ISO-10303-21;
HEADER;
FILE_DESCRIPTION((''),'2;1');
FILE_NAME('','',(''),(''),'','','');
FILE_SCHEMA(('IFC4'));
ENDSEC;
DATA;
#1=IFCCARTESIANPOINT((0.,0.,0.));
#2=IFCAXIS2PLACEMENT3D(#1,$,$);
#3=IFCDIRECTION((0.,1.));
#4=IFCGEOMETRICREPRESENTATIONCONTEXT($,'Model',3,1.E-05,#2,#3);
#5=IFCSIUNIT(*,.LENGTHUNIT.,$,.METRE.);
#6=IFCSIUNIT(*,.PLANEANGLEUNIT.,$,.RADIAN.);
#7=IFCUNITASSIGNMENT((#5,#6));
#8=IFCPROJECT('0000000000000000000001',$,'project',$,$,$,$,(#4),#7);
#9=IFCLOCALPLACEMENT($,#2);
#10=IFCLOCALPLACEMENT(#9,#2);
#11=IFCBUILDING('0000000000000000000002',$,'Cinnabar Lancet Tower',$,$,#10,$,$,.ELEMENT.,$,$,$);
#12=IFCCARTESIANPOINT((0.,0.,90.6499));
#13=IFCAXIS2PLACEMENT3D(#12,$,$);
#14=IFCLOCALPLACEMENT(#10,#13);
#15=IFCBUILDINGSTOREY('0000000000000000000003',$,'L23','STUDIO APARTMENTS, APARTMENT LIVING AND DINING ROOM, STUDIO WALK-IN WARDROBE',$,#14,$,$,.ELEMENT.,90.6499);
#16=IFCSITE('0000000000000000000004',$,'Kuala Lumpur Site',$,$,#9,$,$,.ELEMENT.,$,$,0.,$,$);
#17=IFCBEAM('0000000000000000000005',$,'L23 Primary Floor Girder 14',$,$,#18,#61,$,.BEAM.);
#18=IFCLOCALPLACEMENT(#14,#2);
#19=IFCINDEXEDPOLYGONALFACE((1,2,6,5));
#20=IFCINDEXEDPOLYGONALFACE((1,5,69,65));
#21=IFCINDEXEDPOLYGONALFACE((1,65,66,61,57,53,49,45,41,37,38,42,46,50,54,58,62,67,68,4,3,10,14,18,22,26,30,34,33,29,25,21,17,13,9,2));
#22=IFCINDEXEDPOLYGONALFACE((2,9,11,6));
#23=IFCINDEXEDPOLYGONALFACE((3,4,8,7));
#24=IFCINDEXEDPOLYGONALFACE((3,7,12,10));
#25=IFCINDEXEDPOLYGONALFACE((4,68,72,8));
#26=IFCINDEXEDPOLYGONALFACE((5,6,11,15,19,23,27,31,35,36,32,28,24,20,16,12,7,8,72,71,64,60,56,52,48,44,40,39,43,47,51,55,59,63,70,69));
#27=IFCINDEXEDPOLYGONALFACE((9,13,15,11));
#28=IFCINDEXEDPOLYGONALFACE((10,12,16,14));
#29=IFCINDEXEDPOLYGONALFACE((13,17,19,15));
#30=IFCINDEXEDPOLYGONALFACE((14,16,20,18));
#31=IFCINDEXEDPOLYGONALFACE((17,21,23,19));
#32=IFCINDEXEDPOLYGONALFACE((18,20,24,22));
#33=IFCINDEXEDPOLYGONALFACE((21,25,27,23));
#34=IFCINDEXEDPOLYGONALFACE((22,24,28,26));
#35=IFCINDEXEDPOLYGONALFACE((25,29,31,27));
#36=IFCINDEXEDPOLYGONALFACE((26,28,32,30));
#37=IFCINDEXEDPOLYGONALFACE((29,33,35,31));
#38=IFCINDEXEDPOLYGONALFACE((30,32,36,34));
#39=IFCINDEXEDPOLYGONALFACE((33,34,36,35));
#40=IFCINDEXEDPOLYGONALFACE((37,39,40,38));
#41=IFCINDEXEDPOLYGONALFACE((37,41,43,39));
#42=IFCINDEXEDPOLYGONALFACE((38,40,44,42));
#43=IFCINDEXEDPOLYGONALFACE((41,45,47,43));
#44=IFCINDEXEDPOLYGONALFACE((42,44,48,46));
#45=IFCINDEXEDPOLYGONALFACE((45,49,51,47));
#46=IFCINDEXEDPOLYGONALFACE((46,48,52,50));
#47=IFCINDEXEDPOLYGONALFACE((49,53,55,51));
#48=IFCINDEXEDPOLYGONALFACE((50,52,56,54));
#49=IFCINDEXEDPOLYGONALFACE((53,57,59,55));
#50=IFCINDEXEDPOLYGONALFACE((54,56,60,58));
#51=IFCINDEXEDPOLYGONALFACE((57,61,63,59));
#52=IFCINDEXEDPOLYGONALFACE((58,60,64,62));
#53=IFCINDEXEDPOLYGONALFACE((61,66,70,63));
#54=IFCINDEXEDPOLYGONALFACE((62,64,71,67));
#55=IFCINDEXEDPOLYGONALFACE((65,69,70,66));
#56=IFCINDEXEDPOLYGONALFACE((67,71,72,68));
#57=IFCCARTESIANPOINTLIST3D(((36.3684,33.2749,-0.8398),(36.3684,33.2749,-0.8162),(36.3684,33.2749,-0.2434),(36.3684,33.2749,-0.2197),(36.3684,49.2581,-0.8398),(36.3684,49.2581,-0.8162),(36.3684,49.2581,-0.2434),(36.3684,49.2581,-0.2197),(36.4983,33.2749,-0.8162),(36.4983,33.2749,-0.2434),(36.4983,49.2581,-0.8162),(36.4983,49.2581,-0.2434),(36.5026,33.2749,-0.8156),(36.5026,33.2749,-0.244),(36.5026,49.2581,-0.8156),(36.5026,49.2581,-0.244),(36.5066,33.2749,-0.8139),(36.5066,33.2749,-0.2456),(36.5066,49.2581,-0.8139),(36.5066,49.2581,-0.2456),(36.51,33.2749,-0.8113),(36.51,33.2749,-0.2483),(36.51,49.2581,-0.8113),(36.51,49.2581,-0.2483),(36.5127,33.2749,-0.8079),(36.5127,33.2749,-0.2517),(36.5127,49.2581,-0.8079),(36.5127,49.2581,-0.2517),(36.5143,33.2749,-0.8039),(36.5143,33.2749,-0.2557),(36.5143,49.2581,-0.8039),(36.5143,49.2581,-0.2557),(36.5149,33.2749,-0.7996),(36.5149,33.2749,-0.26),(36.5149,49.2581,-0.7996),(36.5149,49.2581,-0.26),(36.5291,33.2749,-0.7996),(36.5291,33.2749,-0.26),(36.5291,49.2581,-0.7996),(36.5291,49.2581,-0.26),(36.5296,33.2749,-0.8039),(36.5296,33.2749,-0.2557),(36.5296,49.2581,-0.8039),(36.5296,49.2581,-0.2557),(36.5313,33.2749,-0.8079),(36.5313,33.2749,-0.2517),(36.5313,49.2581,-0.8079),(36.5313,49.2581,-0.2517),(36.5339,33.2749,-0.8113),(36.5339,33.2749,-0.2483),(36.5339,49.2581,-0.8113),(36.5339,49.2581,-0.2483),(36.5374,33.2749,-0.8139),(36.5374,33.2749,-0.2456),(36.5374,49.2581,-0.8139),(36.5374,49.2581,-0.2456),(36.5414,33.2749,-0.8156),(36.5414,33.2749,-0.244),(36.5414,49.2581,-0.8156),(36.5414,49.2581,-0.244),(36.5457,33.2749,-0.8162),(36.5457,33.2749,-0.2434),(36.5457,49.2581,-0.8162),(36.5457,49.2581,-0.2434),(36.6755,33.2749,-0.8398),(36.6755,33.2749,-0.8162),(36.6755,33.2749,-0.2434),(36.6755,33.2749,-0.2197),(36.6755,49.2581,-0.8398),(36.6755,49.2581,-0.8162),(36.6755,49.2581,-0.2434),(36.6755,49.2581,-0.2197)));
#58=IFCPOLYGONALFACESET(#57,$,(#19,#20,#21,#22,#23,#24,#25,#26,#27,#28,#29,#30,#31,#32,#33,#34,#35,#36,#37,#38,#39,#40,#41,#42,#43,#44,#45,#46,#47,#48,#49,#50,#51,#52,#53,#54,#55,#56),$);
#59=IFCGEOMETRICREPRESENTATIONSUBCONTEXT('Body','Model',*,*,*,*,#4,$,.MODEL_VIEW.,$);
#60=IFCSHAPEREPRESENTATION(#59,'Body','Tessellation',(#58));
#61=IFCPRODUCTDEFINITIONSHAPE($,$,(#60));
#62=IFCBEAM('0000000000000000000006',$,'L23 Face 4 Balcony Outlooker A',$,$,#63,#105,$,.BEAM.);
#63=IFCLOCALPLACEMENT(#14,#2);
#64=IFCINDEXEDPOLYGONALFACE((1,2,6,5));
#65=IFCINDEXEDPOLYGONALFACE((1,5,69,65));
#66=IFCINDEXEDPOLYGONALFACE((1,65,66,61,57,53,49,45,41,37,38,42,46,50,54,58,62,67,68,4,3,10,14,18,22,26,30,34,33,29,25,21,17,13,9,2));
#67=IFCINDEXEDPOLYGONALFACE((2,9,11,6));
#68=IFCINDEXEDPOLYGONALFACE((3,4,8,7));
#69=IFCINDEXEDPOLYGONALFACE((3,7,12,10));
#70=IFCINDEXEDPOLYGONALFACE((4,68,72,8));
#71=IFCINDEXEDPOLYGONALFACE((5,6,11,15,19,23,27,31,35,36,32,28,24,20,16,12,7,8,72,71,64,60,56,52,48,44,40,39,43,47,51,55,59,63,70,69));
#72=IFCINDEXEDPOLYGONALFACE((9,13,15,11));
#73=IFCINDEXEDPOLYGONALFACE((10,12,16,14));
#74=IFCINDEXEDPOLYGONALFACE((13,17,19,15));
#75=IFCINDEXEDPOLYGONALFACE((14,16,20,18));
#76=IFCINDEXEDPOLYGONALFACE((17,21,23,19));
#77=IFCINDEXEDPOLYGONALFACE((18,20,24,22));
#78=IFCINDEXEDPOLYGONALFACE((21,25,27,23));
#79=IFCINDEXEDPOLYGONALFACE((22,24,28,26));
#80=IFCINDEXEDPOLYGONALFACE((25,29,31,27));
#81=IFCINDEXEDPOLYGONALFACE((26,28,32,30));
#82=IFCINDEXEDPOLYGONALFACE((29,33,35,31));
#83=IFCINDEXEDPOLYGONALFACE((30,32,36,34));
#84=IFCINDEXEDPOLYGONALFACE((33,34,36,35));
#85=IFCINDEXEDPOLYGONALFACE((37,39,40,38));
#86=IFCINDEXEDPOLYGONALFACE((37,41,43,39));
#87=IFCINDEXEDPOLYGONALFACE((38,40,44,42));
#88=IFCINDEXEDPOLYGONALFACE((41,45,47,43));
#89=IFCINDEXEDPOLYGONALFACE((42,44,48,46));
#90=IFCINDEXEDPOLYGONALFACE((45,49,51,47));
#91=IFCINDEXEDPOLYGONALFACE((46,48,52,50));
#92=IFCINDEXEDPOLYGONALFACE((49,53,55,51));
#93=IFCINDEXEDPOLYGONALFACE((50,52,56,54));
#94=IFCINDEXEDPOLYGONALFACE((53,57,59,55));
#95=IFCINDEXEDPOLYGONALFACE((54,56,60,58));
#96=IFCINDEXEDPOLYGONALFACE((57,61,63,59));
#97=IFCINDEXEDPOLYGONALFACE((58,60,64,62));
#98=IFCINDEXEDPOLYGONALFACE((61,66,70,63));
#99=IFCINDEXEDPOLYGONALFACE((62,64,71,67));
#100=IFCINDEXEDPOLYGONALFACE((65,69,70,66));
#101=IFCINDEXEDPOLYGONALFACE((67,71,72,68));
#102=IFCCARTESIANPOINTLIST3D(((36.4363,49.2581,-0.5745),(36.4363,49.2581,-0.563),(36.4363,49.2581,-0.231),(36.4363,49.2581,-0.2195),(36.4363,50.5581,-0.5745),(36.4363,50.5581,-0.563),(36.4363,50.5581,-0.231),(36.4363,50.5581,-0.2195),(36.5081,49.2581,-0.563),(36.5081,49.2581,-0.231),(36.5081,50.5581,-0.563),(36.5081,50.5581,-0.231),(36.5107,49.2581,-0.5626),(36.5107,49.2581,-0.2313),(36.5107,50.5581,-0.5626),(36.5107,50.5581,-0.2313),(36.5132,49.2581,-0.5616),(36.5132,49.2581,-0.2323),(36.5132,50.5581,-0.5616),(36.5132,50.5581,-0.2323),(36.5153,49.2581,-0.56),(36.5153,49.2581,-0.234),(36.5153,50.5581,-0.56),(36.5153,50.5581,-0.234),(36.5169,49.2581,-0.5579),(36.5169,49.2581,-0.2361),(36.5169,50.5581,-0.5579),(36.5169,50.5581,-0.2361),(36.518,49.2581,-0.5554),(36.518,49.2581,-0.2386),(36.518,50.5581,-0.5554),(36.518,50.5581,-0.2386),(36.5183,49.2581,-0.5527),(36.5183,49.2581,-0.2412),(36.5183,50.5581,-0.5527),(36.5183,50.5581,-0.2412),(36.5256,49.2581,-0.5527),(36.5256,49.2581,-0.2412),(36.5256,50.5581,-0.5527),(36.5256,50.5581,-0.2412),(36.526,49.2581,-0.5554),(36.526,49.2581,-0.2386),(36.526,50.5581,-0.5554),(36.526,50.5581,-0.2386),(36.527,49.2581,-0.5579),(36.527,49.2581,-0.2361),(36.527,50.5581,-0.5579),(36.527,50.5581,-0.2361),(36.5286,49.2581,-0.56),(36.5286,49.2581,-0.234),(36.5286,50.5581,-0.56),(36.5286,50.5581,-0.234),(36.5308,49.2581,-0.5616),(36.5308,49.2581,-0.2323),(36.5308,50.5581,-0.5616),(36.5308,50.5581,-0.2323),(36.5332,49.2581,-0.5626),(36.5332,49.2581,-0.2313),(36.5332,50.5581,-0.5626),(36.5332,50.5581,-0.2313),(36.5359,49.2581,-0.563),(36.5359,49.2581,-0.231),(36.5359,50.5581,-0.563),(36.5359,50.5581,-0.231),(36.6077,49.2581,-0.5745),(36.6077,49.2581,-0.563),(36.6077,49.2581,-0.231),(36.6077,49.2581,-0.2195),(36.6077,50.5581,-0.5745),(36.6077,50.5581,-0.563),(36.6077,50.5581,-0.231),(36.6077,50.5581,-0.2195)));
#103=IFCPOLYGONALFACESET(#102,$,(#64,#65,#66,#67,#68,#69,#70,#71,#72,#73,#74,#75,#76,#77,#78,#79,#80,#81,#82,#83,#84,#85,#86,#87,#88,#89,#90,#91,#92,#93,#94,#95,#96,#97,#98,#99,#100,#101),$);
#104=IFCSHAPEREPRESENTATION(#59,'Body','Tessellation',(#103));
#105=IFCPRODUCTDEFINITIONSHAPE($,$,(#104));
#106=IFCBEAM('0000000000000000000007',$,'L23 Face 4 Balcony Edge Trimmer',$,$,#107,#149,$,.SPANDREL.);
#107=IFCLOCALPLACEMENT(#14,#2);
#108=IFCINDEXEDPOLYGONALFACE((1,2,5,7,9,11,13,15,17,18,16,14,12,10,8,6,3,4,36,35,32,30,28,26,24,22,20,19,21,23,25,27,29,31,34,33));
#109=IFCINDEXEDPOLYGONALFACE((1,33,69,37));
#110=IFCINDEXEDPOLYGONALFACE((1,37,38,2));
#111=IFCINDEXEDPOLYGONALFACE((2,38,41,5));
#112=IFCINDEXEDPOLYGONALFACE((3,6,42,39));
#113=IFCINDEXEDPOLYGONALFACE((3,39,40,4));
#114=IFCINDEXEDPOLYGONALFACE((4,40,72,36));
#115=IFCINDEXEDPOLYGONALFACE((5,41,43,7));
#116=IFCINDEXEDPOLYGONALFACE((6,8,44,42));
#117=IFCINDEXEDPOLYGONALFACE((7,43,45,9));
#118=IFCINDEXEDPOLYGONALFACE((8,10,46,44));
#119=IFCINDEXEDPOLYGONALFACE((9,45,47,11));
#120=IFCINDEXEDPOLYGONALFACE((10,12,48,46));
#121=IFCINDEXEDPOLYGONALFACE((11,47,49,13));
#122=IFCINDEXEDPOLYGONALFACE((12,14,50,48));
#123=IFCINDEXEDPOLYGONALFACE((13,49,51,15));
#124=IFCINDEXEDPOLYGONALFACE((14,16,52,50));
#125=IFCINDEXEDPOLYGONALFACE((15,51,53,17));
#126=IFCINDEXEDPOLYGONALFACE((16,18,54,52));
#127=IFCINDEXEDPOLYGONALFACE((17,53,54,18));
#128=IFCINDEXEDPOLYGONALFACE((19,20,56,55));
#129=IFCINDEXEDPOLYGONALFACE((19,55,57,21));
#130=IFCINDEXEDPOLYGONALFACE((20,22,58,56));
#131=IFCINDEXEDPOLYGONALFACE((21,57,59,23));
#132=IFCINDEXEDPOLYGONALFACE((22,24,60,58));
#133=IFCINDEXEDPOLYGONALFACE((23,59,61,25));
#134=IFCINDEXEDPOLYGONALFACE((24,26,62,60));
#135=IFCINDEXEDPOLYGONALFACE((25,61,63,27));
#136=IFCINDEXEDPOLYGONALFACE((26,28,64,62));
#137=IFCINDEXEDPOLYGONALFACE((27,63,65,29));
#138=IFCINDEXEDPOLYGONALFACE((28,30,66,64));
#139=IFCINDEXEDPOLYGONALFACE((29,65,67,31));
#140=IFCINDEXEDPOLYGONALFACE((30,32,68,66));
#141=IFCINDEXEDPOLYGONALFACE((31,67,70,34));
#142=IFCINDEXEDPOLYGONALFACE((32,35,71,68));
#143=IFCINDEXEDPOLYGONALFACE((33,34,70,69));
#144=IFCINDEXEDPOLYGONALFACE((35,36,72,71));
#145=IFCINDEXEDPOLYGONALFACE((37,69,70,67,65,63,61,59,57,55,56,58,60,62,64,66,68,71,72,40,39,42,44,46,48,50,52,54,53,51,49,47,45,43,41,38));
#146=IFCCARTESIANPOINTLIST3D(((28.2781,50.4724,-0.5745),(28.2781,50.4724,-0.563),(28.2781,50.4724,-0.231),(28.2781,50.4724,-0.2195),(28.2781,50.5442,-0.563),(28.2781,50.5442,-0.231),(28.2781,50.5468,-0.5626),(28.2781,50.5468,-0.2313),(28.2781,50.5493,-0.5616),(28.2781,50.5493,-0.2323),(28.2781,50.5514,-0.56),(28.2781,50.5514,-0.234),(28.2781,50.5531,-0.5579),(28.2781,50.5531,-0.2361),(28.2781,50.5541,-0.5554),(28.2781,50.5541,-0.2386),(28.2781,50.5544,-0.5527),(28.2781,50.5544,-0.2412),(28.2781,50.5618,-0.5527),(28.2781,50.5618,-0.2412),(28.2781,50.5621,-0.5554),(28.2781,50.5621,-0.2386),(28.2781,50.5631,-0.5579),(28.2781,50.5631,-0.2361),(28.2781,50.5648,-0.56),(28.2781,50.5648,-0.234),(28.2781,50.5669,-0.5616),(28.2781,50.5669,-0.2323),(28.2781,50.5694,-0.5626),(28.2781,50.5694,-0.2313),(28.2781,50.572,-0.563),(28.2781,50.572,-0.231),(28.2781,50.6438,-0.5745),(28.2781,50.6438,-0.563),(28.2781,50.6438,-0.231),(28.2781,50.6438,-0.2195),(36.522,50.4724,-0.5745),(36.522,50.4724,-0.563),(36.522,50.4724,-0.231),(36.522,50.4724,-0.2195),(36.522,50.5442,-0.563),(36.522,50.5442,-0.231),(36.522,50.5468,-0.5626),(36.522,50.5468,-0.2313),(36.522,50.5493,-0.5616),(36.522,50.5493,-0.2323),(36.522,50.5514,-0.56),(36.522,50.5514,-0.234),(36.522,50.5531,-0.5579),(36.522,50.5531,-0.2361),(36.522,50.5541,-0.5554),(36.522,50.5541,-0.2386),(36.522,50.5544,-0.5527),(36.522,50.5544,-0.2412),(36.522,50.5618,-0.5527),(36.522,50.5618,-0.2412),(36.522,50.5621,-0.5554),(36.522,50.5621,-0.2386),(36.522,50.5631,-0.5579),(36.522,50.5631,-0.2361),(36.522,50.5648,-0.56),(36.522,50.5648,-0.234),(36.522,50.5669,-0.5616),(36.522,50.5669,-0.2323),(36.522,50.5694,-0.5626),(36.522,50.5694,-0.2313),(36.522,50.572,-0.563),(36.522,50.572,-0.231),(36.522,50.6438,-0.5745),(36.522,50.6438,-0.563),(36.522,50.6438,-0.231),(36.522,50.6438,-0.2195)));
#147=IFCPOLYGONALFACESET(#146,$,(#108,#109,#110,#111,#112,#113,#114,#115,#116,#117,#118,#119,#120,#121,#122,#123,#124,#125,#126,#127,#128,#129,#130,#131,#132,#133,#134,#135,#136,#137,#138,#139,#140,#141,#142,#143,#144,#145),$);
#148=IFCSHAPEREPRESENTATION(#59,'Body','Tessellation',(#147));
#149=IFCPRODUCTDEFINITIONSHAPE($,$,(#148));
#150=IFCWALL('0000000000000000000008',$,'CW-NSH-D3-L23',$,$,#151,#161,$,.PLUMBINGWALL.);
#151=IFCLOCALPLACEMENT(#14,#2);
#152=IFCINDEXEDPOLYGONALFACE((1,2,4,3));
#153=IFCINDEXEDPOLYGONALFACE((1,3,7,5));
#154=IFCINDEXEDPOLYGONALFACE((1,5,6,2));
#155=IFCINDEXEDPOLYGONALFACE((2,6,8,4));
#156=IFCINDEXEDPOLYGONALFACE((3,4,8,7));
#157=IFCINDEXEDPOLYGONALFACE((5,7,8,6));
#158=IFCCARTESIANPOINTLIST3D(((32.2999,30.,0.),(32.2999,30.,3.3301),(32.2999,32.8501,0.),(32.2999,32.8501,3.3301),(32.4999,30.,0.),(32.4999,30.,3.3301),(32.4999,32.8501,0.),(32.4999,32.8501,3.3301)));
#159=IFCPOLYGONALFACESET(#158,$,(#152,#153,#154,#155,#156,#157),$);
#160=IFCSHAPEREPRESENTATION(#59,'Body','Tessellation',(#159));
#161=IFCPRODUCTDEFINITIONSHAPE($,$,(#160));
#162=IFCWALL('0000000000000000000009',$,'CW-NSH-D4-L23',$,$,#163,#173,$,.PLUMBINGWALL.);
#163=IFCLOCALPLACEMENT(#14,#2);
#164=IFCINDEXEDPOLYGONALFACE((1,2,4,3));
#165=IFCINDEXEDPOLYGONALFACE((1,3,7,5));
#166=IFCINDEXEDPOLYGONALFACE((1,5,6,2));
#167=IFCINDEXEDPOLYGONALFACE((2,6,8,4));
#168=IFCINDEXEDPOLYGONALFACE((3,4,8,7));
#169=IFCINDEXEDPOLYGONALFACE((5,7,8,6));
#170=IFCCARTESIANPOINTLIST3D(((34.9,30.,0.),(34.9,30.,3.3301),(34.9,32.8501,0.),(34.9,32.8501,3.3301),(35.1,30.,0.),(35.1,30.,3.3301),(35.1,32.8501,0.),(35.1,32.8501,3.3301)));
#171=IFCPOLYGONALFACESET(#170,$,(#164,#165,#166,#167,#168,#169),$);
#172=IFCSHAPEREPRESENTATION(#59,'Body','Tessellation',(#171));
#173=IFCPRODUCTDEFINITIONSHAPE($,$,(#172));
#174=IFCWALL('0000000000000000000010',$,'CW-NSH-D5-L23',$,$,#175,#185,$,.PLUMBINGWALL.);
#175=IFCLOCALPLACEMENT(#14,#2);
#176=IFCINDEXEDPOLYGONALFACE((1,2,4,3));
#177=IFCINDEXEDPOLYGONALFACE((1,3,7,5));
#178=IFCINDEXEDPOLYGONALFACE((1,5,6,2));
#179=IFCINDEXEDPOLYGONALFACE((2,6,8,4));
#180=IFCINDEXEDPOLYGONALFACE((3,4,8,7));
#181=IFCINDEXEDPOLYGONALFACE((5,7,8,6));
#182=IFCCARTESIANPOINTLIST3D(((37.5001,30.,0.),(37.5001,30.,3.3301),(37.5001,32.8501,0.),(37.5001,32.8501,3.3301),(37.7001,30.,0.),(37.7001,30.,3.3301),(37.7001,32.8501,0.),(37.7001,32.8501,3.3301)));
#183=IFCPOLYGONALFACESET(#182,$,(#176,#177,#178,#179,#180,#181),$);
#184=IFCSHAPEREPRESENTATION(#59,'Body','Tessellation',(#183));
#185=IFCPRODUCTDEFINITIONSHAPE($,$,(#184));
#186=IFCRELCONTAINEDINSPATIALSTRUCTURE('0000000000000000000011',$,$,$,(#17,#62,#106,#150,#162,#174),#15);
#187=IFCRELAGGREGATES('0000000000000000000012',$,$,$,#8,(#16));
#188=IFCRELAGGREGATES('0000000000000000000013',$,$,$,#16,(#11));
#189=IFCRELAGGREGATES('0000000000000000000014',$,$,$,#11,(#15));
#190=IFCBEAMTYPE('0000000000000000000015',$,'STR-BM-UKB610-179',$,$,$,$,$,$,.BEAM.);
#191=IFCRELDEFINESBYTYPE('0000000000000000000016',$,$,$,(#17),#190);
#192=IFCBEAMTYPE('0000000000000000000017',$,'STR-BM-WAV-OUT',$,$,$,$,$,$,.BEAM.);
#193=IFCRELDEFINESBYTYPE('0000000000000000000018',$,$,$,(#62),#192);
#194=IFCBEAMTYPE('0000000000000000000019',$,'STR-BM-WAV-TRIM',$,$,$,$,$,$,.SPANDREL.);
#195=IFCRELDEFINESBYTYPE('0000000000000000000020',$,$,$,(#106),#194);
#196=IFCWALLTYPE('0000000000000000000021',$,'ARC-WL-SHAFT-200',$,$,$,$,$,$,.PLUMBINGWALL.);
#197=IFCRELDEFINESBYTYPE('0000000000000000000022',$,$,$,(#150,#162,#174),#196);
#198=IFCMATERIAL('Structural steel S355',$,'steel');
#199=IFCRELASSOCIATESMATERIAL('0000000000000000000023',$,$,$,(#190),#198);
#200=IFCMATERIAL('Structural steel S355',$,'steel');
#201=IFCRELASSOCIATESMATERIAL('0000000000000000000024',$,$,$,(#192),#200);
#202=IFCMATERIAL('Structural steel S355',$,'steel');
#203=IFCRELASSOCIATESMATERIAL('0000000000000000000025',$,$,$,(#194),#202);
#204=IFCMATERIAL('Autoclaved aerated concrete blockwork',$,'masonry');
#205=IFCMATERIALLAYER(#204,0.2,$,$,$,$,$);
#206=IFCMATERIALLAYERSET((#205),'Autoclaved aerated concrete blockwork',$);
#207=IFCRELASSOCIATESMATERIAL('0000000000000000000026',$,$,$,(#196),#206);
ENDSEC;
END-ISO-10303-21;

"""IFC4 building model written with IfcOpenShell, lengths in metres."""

from ifc_helpers import new_model, si_unit, direction, frame, frame_2d, origin, origin_2d, place, context, subcontext, project, spatial, rectangle, i_section, extrude, material, layer, layer_set, material_profile, profile_set, type_object, element, save


model = new_model("IFC4")

# Units and contexts
model_context = context("Model", 3, precision=1e-05, world=origin(), true_north=direction((0.0, 1.0)))
body_context = subcontext(model_context, "Body", "Model", "MODEL_VIEW")
ifc_project = project(units=[si_unit("LENGTHUNIT", "METRE"), si_unit("PLANEANGLEUNIT", "RADIAN")], contexts=[model_context])

# Site, building, storey
site_placement = place(None, origin())
site = spatial("IfcSite", under=ifc_project, at=site_placement, Name="Kuala Lumpur Site", CompositionType="ELEMENT", RefElevation=0.0)
building_placement = place(site_placement, origin())
building = spatial("IfcBuilding", under=site, at=building_placement, Name="Cinnabar Lancet Tower", CompositionType="ELEMENT")
storey_placement = place(building_placement, frame((0.0, 0.0, 90.6499)))
storey = spatial("IfcBuildingStorey", under=building, at=storey_placement, Name="L23", Description="STUDIO APARTMENTS, APARTMENT LIVING AND DINING ROOM, STUDIO WALK-IN WARDROBE", CompositionType="ELEMENT", Elevation=90.6499)

# Beams
ifc_material_1 = material(Name="Structural steel S355", Category="steel")
ifc_material_profile_1 = material_profile(ifc_material_1, i_section(OverallWidth=0.3071, OverallDepth=0.6201, WebThickness=0.0142, FlangeThickness=0.0237, FilletRadius=0.0166, at=origin_2d()), Name="UKB 610x305x179")
ifc_profile_set_1 = profile_set([ifc_material_profile_1], Name="Structural steel S355")
beam_type_1 = type_object("IfcBeamType", Name="STR-BM-UKB610-179", PredefinedType="BEAM", material=ifc_profile_set_1)
beam_1_placement = place(storey_placement, frame((36.522, 49.2581, -0.5298), z_axis=(0.0, -1.0, 0.0), x_axis=(1.0, 0.0, 0.0)))
element("IfcBeam", 1, at=beam_1_placement, inside=storey, type_object=beam_type_1, Name="L23 Primary Floor Girder 14", PredefinedType="BEAM", context=body_context, shape_type="SweptSolid", body=[
    extrude(i_section(OverallWidth=0.3071, OverallDepth=0.6201, WebThickness=0.0142, FlangeThickness=0.0237, FilletRadius=0.0166, at=origin_2d()), origin(), (0.0, 0.0, 1.0), 15.9832),
])
ifc_material_2 = material(Name="Structural steel S355", Category="steel")
ifc_material_profile_2 = material_profile(ifc_material_2, i_section(OverallWidth=0.1714, OverallDepth=0.355, WebThickness=0.0073, FlangeThickness=0.0115, FilletRadius=0.0103, at=origin_2d()), Name="UKB 356x171x51")
ifc_profile_set_2 = profile_set([ifc_material_profile_2], Name="Structural steel S355")
beam_type_2 = type_object("IfcBeamType", Name="STR-BM-WAV-OUT", PredefinedType="BEAM", material=ifc_profile_set_2)
beam_2_placement = place(storey_placement, frame((36.522, 49.2581, -0.397), z_axis=(0.0, 1.0, 0.0), x_axis=(-1.0, 0.0, 0.0)))
element("IfcBeam", 2, at=beam_2_placement, inside=storey, type_object=beam_type_2, Name="L23 Face 4 Balcony Outlooker A", PredefinedType="BEAM", context=body_context, shape_type="SweptSolid", body=[
    extrude(i_section(OverallWidth=0.1714, OverallDepth=0.355, WebThickness=0.0073, FlangeThickness=0.0115, FilletRadius=0.0103, at=origin_2d()), origin(), (0.0, 0.0, 1.0), 1.3),
])
ifc_material_3 = material(Name="Structural steel S355", Category="steel")
ifc_material_profile_3 = material_profile(ifc_material_3, i_section(OverallWidth=0.1714, OverallDepth=0.355, WebThickness=0.0073, FlangeThickness=0.0115, FilletRadius=0.0103, at=origin_2d()), Name="UKB 356x171x51")
ifc_profile_set_3 = profile_set([ifc_material_profile_3], Name="Structural steel S355")
beam_type_3 = type_object("IfcBeamType", Name="STR-BM-WAV-TRIM", PredefinedType="SPANDREL", material=ifc_profile_set_3)
beam_3_placement = place(storey_placement, frame((36.522, 50.5581, -0.397), z_axis=(-1.0, 0.0, 0.0), x_axis=(0.0, -1.0, 0.0)))
element("IfcBeam", 3, at=beam_3_placement, inside=storey, type_object=beam_type_3, Name="L23 Face 4 Balcony Edge Trimmer", PredefinedType="SPANDREL", context=body_context, shape_type="SweptSolid", body=[
    extrude(i_section(OverallWidth=0.1714, OverallDepth=0.355, WebThickness=0.0073, FlangeThickness=0.0115, FilletRadius=0.0103, at=origin_2d()), origin(), (0.0, 0.0, 1.0), 8.2439),
])

# Walls
ifc_material_4 = material(Name="Autoclaved aerated concrete blockwork", Category="masonry")
ifc_layer_1 = layer(ifc_material_4, 0.2)
ifc_layer_set_1 = layer_set([ifc_layer_1], Name="Autoclaved aerated concrete blockwork")
wall_type_1 = type_object("IfcWallType", Name="ARC-WL-SHAFT-200", PredefinedType="PLUMBINGWALL", material=ifc_layer_set_1)
for number, where, z_axis, x_axis, name in (
    (4, (32.3999, 30.0, 0.0), (0.0, 0.0, 1.0), (0.0, 1.0, 0.0), "CW-NSH-D3-L23"),
    (5, (35.0, 30.0, 0.0), (0.0, 0.0, 1.0), (0.0, 1.0, 0.0), "CW-NSH-D4-L23"),
    (6, (37.6001, 30.0, 0.0), (0.0, 0.0, 1.0), (0.0, 1.0, 0.0), "CW-NSH-D5-L23"),
):
    element("IfcWall", number, at=place(storey_placement, frame(where, z_axis=z_axis, x_axis=x_axis)), inside=storey, type_object=wall_type_1, Name=name, PredefinedType="PLUMBINGWALL", context=body_context, shape_type="SweptSolid", body=[
        extrude(rectangle(XDim=2.8501, YDim=0.2, at=frame_2d((1.425, 0.0))), origin(), (0.0, 0.0, 1.0), 3.3301),
    ])

save(model, "model.ifc")
